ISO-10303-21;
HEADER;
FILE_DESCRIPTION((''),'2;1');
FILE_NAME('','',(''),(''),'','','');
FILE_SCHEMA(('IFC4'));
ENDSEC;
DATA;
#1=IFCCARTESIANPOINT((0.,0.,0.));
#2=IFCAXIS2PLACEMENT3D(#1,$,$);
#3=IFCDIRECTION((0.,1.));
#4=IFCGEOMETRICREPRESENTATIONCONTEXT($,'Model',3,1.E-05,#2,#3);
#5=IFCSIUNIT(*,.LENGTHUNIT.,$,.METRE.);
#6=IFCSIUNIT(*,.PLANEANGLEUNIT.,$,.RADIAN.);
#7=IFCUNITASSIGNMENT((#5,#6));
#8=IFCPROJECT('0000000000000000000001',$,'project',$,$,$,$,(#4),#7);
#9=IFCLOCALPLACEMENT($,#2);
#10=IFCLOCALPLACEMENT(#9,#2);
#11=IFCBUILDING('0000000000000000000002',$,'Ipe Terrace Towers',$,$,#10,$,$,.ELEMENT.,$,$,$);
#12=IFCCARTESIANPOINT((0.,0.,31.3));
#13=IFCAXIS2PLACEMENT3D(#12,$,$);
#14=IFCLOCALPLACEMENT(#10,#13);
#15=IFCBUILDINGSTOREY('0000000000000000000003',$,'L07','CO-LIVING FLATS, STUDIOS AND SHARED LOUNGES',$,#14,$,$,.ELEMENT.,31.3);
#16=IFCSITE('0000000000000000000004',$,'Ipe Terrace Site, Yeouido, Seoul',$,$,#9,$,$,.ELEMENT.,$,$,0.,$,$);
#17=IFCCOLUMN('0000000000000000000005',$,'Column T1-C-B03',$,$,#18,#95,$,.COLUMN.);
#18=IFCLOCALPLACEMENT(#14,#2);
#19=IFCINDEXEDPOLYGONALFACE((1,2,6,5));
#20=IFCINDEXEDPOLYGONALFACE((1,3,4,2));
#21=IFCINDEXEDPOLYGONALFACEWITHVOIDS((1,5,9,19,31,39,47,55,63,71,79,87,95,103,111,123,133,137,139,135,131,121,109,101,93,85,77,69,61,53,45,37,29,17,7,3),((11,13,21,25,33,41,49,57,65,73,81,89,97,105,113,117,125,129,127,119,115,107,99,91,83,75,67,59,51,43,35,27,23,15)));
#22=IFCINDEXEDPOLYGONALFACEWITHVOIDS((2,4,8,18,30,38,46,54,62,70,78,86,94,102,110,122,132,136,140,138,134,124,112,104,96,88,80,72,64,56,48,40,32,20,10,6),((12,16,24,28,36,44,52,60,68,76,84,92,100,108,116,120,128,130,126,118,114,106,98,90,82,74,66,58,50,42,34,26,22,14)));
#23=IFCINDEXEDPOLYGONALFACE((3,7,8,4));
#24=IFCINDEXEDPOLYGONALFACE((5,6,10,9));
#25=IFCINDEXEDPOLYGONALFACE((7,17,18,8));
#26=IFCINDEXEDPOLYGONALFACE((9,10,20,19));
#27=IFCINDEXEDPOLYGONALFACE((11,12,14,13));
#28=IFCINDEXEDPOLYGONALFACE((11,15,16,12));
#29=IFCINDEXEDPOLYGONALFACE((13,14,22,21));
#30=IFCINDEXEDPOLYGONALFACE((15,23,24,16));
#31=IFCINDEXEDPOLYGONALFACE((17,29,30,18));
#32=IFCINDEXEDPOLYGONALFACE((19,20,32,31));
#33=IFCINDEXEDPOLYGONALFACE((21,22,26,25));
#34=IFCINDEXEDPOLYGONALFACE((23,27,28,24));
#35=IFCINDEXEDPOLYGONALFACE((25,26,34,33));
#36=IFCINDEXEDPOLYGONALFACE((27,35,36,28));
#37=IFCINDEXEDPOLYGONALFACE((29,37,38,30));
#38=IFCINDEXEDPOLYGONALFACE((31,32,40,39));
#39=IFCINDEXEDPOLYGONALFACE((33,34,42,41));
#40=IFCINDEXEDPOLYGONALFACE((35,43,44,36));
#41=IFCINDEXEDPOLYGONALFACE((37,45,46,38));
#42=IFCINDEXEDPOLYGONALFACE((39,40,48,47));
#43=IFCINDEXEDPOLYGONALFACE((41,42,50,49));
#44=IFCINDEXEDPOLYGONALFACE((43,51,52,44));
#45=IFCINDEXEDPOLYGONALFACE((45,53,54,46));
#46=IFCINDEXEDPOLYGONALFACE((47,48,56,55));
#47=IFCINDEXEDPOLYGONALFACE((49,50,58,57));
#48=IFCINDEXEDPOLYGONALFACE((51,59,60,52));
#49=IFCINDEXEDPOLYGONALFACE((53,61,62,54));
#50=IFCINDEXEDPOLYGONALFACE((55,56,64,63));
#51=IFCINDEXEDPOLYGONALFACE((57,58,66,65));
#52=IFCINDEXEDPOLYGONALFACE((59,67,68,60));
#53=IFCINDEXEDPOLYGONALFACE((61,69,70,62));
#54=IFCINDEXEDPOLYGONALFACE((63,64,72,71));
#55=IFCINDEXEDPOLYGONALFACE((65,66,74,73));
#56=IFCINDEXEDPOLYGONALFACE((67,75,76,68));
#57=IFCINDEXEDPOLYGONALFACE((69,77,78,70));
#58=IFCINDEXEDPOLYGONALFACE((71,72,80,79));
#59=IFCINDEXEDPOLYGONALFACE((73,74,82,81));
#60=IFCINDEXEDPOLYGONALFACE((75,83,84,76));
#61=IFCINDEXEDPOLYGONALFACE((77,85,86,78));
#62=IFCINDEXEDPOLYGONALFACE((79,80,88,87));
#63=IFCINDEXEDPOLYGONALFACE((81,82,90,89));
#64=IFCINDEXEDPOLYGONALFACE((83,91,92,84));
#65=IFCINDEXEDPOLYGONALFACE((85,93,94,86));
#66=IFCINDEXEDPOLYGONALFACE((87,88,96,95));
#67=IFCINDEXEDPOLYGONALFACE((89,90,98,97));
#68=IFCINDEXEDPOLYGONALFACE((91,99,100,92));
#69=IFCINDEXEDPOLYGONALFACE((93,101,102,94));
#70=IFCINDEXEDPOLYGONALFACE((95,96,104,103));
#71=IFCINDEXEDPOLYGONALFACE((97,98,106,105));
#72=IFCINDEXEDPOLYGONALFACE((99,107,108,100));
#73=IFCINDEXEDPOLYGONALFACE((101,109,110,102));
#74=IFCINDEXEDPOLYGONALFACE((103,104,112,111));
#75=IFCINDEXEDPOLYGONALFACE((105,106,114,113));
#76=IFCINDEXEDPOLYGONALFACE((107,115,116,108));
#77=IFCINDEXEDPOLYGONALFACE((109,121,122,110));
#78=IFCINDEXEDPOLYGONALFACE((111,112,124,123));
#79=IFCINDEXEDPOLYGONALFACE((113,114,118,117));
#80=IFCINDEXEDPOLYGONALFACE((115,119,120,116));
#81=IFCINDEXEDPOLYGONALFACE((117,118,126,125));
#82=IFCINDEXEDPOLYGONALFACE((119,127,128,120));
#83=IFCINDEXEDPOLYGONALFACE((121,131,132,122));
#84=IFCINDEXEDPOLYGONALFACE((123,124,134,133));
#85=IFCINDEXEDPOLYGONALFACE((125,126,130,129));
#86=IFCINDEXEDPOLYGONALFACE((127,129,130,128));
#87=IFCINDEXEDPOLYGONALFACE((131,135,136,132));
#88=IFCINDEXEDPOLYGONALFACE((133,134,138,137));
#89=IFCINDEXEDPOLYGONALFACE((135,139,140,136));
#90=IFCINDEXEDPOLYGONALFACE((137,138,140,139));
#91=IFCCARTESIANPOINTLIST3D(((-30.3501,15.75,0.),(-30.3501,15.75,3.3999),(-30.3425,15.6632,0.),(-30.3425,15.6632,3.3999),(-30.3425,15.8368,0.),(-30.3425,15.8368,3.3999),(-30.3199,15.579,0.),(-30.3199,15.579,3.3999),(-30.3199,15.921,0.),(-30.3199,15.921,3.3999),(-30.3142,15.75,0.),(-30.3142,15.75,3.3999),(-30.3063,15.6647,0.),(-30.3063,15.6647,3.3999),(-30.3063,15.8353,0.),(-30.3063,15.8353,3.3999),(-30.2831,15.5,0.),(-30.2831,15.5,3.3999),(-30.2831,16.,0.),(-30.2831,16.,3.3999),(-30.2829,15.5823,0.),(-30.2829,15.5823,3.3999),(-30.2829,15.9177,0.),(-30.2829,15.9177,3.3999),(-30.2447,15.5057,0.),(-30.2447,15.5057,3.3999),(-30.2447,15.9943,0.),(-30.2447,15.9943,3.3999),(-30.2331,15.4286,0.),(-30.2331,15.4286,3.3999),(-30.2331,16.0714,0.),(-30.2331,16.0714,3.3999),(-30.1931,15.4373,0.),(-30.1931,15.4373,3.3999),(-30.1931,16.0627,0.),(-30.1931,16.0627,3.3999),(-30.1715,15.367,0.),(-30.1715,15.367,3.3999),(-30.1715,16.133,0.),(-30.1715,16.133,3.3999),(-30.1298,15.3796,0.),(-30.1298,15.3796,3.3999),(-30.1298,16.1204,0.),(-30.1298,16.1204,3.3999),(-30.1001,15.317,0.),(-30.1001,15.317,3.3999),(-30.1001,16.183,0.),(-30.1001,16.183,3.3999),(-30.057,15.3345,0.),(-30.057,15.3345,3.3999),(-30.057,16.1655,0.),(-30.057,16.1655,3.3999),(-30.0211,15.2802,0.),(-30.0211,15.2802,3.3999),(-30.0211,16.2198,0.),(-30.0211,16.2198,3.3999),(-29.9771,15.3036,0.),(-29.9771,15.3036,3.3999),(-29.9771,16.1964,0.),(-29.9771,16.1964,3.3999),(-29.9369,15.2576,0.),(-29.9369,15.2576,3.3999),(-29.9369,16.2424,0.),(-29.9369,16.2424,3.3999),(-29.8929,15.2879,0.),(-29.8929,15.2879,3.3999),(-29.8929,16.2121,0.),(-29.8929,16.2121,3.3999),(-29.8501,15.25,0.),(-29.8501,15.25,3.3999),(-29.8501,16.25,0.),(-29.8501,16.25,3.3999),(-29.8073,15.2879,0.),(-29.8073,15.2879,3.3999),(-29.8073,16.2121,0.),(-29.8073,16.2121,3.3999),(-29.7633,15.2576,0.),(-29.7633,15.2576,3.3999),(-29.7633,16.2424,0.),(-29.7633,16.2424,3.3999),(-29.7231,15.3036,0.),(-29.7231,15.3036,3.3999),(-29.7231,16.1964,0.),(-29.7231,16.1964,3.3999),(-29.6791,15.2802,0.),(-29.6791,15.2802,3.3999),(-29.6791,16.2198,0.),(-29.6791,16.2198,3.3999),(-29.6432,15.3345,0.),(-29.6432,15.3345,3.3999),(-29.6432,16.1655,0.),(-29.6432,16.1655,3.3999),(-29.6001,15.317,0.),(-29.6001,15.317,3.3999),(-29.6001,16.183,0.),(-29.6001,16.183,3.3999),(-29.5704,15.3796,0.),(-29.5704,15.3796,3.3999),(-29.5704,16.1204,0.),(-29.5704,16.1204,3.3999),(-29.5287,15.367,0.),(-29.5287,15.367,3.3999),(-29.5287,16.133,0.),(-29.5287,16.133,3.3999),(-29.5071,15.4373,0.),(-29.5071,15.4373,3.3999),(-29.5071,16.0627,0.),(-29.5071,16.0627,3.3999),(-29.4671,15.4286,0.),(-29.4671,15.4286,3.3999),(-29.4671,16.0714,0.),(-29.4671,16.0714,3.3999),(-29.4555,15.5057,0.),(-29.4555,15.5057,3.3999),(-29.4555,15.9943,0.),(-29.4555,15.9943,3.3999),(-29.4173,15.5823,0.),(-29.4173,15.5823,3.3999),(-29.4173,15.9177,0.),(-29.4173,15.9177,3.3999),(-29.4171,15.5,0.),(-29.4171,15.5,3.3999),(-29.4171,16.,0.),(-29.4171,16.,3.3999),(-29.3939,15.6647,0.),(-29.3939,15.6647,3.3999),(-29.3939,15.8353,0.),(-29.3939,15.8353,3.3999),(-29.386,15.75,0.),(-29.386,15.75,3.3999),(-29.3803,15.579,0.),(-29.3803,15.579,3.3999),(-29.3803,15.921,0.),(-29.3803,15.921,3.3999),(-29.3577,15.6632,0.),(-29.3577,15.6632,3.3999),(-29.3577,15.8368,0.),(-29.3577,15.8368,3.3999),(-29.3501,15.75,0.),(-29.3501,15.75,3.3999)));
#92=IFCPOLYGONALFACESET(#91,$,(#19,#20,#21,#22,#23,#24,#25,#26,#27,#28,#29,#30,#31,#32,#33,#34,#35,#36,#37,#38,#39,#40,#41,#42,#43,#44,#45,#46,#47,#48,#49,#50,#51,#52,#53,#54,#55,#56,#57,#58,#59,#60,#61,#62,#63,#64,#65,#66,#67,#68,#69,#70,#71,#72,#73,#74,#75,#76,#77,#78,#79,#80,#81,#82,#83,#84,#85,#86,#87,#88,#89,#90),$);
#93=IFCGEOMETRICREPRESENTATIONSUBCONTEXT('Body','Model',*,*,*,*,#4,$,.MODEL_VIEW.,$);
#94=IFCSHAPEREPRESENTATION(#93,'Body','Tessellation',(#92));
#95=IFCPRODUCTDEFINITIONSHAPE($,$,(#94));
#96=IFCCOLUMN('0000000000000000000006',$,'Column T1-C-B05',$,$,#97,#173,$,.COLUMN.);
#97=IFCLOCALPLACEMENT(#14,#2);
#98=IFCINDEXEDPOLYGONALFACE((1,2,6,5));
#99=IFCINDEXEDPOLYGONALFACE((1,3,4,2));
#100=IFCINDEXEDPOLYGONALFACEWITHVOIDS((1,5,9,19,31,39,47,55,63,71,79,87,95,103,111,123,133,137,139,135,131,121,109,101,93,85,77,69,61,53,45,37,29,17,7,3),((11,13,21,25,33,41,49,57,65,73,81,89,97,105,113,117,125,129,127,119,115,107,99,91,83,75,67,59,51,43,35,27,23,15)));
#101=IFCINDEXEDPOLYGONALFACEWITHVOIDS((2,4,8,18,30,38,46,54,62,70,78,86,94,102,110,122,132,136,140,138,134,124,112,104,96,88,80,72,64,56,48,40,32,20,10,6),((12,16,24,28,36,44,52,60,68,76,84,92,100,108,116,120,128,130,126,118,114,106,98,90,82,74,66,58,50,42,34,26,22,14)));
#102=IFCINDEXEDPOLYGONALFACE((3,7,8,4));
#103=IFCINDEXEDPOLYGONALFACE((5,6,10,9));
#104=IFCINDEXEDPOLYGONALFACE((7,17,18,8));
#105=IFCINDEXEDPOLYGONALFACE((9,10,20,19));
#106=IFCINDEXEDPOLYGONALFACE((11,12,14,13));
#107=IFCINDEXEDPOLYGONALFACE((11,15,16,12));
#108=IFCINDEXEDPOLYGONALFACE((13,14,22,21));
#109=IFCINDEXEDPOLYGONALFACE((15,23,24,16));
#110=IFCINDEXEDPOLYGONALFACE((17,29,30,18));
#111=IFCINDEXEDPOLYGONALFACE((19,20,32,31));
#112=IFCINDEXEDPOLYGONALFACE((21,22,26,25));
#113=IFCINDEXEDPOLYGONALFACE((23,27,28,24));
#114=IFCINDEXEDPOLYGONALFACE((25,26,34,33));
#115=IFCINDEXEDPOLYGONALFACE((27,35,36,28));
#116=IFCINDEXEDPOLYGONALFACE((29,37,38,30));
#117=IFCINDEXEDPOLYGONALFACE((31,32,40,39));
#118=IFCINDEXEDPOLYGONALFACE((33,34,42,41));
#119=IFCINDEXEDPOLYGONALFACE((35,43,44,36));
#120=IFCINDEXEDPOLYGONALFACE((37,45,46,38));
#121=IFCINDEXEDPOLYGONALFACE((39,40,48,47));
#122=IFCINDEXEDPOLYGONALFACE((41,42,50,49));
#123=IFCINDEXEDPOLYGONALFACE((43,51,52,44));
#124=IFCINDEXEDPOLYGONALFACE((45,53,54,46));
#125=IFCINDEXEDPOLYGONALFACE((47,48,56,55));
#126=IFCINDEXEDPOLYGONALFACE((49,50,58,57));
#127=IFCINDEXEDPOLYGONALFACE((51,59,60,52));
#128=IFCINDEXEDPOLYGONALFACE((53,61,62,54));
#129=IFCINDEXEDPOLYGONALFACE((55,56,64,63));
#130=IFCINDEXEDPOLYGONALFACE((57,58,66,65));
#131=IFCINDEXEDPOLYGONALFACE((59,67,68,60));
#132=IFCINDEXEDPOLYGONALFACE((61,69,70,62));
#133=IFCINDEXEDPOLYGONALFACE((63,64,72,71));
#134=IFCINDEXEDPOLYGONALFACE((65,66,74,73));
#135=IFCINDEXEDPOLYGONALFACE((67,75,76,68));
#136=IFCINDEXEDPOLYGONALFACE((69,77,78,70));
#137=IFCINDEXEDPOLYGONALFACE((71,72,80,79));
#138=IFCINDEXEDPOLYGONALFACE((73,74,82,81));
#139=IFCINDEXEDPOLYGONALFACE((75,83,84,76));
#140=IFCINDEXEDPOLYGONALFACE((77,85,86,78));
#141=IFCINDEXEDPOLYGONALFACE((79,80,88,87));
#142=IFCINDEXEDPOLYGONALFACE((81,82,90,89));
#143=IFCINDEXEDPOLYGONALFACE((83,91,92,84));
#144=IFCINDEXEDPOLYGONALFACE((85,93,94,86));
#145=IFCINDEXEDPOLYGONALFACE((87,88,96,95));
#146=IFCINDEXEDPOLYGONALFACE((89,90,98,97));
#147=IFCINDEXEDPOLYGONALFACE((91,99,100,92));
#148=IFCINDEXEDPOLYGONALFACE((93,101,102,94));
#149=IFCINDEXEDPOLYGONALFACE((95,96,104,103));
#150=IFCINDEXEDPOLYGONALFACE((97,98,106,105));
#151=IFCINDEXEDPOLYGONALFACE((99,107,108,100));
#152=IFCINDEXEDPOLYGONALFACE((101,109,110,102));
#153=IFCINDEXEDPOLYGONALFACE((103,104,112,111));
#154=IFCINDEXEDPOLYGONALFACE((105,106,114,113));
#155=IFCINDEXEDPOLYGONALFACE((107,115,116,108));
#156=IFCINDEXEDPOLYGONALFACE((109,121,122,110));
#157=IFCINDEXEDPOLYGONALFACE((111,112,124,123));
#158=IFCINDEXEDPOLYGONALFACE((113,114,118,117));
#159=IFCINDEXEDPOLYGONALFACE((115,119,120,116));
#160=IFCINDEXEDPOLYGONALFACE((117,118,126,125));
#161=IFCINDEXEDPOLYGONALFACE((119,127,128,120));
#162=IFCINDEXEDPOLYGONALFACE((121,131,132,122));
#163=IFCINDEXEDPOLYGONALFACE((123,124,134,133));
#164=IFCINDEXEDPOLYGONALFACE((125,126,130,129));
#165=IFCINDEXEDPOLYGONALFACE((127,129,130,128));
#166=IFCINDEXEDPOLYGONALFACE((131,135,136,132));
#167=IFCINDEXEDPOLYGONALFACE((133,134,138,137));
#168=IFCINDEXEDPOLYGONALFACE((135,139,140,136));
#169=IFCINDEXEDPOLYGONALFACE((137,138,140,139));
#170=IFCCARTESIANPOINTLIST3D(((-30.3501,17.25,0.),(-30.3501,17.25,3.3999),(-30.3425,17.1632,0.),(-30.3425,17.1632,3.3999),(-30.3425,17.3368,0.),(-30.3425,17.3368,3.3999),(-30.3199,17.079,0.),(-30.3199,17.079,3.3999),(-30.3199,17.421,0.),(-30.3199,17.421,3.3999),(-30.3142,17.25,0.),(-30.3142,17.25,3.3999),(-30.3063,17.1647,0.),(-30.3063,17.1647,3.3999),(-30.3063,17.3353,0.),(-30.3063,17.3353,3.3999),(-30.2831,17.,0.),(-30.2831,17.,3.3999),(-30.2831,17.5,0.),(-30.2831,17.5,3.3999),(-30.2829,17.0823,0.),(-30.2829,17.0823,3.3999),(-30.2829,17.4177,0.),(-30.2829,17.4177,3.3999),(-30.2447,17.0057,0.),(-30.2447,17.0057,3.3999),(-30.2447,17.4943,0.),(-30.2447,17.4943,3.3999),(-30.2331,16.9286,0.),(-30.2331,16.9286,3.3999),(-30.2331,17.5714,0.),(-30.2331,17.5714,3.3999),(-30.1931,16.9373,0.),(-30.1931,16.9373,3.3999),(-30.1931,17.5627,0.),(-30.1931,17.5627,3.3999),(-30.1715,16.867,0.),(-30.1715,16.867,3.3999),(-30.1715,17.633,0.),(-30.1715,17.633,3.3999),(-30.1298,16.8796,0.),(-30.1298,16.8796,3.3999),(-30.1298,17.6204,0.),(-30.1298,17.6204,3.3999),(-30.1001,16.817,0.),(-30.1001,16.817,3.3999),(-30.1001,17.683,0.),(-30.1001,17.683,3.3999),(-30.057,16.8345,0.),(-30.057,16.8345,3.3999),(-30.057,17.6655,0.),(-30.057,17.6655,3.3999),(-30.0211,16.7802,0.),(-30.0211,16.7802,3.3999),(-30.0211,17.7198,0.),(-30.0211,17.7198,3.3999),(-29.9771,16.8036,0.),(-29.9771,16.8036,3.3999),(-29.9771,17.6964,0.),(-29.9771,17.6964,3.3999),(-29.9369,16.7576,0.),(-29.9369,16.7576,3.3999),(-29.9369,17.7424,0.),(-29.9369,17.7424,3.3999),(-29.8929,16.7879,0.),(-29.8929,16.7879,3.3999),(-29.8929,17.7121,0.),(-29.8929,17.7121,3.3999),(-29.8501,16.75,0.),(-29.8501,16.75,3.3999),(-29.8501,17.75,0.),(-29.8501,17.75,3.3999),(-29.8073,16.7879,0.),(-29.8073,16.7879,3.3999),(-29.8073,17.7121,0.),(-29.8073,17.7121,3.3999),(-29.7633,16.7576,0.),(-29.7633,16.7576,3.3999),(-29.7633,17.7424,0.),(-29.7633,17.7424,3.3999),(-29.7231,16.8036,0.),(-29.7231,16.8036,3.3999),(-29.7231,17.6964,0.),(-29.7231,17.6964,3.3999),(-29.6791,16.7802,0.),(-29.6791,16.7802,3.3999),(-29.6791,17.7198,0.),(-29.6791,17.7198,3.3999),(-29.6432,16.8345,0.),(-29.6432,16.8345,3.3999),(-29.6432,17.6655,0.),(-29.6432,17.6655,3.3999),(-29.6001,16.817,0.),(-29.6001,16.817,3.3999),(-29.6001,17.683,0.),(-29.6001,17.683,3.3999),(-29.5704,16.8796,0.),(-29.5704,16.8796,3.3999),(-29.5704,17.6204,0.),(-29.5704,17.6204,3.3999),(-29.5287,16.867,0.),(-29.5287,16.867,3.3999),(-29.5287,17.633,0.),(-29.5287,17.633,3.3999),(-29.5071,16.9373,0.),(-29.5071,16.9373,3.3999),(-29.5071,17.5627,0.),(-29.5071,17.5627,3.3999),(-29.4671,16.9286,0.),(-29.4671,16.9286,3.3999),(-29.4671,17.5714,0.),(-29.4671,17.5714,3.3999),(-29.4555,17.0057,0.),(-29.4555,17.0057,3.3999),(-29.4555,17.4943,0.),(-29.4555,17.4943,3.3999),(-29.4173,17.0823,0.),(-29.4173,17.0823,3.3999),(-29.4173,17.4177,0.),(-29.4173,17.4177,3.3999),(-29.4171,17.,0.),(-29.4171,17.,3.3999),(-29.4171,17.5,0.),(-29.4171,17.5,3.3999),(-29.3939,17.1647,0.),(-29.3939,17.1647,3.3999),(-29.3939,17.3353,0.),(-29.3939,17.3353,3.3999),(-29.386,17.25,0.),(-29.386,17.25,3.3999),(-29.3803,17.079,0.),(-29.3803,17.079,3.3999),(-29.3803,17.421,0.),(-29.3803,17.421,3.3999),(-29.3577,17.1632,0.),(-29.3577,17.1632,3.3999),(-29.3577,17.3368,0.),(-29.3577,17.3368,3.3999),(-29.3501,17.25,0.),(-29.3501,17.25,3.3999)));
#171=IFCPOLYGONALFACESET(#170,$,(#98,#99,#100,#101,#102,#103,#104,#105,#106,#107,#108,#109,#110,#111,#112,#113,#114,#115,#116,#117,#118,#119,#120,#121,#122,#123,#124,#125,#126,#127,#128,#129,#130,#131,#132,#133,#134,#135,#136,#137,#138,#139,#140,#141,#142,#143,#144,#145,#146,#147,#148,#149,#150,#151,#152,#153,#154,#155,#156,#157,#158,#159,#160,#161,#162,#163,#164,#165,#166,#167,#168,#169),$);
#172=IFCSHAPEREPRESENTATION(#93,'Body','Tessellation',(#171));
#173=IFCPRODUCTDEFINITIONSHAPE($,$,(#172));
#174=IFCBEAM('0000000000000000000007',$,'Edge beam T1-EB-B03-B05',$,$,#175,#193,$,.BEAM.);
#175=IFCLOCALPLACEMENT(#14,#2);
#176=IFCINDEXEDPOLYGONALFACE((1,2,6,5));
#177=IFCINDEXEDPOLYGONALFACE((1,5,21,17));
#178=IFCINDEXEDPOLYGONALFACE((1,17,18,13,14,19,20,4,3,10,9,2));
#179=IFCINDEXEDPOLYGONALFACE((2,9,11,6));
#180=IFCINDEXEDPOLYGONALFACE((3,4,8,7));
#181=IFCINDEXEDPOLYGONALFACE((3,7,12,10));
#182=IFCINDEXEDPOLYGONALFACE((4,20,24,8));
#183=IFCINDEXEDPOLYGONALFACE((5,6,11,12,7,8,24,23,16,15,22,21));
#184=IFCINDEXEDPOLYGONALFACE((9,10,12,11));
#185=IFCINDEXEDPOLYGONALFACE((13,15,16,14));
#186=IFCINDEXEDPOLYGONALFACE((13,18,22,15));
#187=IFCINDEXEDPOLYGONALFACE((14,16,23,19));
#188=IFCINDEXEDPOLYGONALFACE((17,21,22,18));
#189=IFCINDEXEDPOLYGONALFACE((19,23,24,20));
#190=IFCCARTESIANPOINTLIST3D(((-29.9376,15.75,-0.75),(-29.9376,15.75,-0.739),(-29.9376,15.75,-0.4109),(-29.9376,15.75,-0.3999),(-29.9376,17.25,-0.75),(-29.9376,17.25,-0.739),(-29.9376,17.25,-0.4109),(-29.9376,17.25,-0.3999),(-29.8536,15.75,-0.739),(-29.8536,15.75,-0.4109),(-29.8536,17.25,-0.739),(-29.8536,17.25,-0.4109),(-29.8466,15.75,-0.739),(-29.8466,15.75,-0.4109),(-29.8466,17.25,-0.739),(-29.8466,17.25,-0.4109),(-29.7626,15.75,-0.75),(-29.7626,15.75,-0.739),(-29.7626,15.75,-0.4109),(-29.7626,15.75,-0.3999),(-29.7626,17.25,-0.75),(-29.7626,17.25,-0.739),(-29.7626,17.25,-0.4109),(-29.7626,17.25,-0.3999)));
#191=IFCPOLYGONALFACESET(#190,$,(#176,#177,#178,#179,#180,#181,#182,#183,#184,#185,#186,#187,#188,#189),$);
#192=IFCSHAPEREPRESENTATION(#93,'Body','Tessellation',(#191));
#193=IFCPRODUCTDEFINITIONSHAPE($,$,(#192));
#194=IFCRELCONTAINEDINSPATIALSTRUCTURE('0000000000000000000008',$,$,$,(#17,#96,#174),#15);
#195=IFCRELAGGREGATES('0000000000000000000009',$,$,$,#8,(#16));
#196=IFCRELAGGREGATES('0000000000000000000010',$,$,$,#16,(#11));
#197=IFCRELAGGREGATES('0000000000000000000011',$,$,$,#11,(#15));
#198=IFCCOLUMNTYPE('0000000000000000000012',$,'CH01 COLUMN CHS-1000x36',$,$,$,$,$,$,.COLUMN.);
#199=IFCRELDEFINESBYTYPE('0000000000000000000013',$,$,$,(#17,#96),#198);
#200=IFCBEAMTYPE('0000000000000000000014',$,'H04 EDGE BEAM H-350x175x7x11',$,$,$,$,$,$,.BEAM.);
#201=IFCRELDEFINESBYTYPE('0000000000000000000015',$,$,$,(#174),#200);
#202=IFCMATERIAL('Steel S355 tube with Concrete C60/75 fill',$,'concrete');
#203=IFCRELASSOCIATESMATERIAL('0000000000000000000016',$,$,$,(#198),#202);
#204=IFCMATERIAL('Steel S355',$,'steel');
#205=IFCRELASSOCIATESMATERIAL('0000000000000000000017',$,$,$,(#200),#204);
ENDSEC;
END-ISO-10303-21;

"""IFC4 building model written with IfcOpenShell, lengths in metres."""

from ifc_helpers import new_model, si_unit, direction, frame, origin, origin_2d, place, context, subcontext, project, spatial, hollow_circle, i_section, extrude, material, material_profile, profile_set, type_object, element, save


model = new_model("IFC4")

# Units and contexts
model_context = context("Model", 3, precision=1e-05, world=origin(), true_north=direction((0.0, 1.0)))
body_context = subcontext(model_context, "Body", "Model", "MODEL_VIEW")
ifc_project = project(units=[si_unit("LENGTHUNIT", "METRE"), si_unit("PLANEANGLEUNIT", "RADIAN")], contexts=[model_context])

# Site, building, storey
site_placement = place(None, origin())
site = spatial("IfcSite", under=ifc_project, at=site_placement, Name="Ipe Terrace Site, Yeouido, Seoul", CompositionType="ELEMENT", RefElevation=0.0)
building_placement = place(site_placement, origin())
building = spatial("IfcBuilding", under=site, at=building_placement, Name="Ipe Terrace Towers", CompositionType="ELEMENT")
storey_placement = place(building_placement, frame((0.0, 0.0, 31.3)))
storey = spatial("IfcBuildingStorey", under=building, at=storey_placement, Name="L07", Description="CO-LIVING FLATS, STUDIOS AND SHARED LOUNGES", CompositionType="ELEMENT", Elevation=31.3)

# Columns
ifc_material_1 = material(Name="Steel S355 tube with Concrete C60/75 fill", Category="concrete")
ifc_material_profile_1 = material_profile(ifc_material_1, hollow_circle(Radius=0.5, WallThickness=0.0359, at=origin_2d()), Name="CHS-1000x36")
ifc_profile_set_1 = profile_set([ifc_material_profile_1], Name="Steel S355 tube with Concrete C60/75 fill")
column_type = type_object("IfcColumnType", Name="CH01 COLUMN CHS-1000x36", PredefinedType="COLUMN", material=ifc_profile_set_1)
for number, where, z_axis, x_axis, name in (
    (1, (-29.8501, 15.75, 0.0), (0.0, 0.0, 1.0), (1.0, 0.0, 0.0), "Column T1-C-B03"),
    (2, (-29.8501, 17.25, 0.0), (0.0, 0.0, 1.0), (1.0, 0.0, 0.0), "Column T1-C-B05"),
):
    element("IfcColumn", number, at=place(storey_placement, frame(where, z_axis=z_axis, x_axis=x_axis)), inside=storey, type_object=column_type, Name=name, PredefinedType="COLUMN", context=body_context, shape_type="SweptSolid", body=[
        extrude(hollow_circle(Radius=0.5, WallThickness=0.0359, at=origin_2d()), origin(), (0.0, 0.0, 1.0), 3.3999),
    ])

# Beam
ifc_material_2 = material(Name="Steel S355", Category="steel")
ifc_material_profile_2 = material_profile(ifc_material_2, i_section(OverallWidth=0.175, OverallDepth=0.3501, WebThickness=0.0071, FlangeThickness=0.011, at=origin_2d()), Name="H-350x175x7x11")
ifc_profile_set_2 = profile_set([ifc_material_profile_2], Name="Steel S355")
beam_type = type_object("IfcBeamType", Name="H04 EDGE BEAM H-350x175x7x11", PredefinedType="BEAM", material=ifc_profile_set_2)
beam_placement = place(storey_placement, frame((-29.8501, 15.75, -0.575), z_axis=(0.0, 1.0, 0.0), x_axis=(-1.0, 0.0, 0.0)))
element("IfcBeam", 3, at=beam_placement, inside=storey, type_object=beam_type, Name="Edge beam T1-EB-B03-B05", PredefinedType="BEAM", context=body_context, shape_type="SweptSolid", body=[
    extrude(i_section(OverallWidth=0.175, OverallDepth=0.3501, WebThickness=0.0071, FlangeThickness=0.011, at=origin_2d()), origin(), (0.0, 0.0, 1.0), 1.5),
])

save(model, "model.ifc")
